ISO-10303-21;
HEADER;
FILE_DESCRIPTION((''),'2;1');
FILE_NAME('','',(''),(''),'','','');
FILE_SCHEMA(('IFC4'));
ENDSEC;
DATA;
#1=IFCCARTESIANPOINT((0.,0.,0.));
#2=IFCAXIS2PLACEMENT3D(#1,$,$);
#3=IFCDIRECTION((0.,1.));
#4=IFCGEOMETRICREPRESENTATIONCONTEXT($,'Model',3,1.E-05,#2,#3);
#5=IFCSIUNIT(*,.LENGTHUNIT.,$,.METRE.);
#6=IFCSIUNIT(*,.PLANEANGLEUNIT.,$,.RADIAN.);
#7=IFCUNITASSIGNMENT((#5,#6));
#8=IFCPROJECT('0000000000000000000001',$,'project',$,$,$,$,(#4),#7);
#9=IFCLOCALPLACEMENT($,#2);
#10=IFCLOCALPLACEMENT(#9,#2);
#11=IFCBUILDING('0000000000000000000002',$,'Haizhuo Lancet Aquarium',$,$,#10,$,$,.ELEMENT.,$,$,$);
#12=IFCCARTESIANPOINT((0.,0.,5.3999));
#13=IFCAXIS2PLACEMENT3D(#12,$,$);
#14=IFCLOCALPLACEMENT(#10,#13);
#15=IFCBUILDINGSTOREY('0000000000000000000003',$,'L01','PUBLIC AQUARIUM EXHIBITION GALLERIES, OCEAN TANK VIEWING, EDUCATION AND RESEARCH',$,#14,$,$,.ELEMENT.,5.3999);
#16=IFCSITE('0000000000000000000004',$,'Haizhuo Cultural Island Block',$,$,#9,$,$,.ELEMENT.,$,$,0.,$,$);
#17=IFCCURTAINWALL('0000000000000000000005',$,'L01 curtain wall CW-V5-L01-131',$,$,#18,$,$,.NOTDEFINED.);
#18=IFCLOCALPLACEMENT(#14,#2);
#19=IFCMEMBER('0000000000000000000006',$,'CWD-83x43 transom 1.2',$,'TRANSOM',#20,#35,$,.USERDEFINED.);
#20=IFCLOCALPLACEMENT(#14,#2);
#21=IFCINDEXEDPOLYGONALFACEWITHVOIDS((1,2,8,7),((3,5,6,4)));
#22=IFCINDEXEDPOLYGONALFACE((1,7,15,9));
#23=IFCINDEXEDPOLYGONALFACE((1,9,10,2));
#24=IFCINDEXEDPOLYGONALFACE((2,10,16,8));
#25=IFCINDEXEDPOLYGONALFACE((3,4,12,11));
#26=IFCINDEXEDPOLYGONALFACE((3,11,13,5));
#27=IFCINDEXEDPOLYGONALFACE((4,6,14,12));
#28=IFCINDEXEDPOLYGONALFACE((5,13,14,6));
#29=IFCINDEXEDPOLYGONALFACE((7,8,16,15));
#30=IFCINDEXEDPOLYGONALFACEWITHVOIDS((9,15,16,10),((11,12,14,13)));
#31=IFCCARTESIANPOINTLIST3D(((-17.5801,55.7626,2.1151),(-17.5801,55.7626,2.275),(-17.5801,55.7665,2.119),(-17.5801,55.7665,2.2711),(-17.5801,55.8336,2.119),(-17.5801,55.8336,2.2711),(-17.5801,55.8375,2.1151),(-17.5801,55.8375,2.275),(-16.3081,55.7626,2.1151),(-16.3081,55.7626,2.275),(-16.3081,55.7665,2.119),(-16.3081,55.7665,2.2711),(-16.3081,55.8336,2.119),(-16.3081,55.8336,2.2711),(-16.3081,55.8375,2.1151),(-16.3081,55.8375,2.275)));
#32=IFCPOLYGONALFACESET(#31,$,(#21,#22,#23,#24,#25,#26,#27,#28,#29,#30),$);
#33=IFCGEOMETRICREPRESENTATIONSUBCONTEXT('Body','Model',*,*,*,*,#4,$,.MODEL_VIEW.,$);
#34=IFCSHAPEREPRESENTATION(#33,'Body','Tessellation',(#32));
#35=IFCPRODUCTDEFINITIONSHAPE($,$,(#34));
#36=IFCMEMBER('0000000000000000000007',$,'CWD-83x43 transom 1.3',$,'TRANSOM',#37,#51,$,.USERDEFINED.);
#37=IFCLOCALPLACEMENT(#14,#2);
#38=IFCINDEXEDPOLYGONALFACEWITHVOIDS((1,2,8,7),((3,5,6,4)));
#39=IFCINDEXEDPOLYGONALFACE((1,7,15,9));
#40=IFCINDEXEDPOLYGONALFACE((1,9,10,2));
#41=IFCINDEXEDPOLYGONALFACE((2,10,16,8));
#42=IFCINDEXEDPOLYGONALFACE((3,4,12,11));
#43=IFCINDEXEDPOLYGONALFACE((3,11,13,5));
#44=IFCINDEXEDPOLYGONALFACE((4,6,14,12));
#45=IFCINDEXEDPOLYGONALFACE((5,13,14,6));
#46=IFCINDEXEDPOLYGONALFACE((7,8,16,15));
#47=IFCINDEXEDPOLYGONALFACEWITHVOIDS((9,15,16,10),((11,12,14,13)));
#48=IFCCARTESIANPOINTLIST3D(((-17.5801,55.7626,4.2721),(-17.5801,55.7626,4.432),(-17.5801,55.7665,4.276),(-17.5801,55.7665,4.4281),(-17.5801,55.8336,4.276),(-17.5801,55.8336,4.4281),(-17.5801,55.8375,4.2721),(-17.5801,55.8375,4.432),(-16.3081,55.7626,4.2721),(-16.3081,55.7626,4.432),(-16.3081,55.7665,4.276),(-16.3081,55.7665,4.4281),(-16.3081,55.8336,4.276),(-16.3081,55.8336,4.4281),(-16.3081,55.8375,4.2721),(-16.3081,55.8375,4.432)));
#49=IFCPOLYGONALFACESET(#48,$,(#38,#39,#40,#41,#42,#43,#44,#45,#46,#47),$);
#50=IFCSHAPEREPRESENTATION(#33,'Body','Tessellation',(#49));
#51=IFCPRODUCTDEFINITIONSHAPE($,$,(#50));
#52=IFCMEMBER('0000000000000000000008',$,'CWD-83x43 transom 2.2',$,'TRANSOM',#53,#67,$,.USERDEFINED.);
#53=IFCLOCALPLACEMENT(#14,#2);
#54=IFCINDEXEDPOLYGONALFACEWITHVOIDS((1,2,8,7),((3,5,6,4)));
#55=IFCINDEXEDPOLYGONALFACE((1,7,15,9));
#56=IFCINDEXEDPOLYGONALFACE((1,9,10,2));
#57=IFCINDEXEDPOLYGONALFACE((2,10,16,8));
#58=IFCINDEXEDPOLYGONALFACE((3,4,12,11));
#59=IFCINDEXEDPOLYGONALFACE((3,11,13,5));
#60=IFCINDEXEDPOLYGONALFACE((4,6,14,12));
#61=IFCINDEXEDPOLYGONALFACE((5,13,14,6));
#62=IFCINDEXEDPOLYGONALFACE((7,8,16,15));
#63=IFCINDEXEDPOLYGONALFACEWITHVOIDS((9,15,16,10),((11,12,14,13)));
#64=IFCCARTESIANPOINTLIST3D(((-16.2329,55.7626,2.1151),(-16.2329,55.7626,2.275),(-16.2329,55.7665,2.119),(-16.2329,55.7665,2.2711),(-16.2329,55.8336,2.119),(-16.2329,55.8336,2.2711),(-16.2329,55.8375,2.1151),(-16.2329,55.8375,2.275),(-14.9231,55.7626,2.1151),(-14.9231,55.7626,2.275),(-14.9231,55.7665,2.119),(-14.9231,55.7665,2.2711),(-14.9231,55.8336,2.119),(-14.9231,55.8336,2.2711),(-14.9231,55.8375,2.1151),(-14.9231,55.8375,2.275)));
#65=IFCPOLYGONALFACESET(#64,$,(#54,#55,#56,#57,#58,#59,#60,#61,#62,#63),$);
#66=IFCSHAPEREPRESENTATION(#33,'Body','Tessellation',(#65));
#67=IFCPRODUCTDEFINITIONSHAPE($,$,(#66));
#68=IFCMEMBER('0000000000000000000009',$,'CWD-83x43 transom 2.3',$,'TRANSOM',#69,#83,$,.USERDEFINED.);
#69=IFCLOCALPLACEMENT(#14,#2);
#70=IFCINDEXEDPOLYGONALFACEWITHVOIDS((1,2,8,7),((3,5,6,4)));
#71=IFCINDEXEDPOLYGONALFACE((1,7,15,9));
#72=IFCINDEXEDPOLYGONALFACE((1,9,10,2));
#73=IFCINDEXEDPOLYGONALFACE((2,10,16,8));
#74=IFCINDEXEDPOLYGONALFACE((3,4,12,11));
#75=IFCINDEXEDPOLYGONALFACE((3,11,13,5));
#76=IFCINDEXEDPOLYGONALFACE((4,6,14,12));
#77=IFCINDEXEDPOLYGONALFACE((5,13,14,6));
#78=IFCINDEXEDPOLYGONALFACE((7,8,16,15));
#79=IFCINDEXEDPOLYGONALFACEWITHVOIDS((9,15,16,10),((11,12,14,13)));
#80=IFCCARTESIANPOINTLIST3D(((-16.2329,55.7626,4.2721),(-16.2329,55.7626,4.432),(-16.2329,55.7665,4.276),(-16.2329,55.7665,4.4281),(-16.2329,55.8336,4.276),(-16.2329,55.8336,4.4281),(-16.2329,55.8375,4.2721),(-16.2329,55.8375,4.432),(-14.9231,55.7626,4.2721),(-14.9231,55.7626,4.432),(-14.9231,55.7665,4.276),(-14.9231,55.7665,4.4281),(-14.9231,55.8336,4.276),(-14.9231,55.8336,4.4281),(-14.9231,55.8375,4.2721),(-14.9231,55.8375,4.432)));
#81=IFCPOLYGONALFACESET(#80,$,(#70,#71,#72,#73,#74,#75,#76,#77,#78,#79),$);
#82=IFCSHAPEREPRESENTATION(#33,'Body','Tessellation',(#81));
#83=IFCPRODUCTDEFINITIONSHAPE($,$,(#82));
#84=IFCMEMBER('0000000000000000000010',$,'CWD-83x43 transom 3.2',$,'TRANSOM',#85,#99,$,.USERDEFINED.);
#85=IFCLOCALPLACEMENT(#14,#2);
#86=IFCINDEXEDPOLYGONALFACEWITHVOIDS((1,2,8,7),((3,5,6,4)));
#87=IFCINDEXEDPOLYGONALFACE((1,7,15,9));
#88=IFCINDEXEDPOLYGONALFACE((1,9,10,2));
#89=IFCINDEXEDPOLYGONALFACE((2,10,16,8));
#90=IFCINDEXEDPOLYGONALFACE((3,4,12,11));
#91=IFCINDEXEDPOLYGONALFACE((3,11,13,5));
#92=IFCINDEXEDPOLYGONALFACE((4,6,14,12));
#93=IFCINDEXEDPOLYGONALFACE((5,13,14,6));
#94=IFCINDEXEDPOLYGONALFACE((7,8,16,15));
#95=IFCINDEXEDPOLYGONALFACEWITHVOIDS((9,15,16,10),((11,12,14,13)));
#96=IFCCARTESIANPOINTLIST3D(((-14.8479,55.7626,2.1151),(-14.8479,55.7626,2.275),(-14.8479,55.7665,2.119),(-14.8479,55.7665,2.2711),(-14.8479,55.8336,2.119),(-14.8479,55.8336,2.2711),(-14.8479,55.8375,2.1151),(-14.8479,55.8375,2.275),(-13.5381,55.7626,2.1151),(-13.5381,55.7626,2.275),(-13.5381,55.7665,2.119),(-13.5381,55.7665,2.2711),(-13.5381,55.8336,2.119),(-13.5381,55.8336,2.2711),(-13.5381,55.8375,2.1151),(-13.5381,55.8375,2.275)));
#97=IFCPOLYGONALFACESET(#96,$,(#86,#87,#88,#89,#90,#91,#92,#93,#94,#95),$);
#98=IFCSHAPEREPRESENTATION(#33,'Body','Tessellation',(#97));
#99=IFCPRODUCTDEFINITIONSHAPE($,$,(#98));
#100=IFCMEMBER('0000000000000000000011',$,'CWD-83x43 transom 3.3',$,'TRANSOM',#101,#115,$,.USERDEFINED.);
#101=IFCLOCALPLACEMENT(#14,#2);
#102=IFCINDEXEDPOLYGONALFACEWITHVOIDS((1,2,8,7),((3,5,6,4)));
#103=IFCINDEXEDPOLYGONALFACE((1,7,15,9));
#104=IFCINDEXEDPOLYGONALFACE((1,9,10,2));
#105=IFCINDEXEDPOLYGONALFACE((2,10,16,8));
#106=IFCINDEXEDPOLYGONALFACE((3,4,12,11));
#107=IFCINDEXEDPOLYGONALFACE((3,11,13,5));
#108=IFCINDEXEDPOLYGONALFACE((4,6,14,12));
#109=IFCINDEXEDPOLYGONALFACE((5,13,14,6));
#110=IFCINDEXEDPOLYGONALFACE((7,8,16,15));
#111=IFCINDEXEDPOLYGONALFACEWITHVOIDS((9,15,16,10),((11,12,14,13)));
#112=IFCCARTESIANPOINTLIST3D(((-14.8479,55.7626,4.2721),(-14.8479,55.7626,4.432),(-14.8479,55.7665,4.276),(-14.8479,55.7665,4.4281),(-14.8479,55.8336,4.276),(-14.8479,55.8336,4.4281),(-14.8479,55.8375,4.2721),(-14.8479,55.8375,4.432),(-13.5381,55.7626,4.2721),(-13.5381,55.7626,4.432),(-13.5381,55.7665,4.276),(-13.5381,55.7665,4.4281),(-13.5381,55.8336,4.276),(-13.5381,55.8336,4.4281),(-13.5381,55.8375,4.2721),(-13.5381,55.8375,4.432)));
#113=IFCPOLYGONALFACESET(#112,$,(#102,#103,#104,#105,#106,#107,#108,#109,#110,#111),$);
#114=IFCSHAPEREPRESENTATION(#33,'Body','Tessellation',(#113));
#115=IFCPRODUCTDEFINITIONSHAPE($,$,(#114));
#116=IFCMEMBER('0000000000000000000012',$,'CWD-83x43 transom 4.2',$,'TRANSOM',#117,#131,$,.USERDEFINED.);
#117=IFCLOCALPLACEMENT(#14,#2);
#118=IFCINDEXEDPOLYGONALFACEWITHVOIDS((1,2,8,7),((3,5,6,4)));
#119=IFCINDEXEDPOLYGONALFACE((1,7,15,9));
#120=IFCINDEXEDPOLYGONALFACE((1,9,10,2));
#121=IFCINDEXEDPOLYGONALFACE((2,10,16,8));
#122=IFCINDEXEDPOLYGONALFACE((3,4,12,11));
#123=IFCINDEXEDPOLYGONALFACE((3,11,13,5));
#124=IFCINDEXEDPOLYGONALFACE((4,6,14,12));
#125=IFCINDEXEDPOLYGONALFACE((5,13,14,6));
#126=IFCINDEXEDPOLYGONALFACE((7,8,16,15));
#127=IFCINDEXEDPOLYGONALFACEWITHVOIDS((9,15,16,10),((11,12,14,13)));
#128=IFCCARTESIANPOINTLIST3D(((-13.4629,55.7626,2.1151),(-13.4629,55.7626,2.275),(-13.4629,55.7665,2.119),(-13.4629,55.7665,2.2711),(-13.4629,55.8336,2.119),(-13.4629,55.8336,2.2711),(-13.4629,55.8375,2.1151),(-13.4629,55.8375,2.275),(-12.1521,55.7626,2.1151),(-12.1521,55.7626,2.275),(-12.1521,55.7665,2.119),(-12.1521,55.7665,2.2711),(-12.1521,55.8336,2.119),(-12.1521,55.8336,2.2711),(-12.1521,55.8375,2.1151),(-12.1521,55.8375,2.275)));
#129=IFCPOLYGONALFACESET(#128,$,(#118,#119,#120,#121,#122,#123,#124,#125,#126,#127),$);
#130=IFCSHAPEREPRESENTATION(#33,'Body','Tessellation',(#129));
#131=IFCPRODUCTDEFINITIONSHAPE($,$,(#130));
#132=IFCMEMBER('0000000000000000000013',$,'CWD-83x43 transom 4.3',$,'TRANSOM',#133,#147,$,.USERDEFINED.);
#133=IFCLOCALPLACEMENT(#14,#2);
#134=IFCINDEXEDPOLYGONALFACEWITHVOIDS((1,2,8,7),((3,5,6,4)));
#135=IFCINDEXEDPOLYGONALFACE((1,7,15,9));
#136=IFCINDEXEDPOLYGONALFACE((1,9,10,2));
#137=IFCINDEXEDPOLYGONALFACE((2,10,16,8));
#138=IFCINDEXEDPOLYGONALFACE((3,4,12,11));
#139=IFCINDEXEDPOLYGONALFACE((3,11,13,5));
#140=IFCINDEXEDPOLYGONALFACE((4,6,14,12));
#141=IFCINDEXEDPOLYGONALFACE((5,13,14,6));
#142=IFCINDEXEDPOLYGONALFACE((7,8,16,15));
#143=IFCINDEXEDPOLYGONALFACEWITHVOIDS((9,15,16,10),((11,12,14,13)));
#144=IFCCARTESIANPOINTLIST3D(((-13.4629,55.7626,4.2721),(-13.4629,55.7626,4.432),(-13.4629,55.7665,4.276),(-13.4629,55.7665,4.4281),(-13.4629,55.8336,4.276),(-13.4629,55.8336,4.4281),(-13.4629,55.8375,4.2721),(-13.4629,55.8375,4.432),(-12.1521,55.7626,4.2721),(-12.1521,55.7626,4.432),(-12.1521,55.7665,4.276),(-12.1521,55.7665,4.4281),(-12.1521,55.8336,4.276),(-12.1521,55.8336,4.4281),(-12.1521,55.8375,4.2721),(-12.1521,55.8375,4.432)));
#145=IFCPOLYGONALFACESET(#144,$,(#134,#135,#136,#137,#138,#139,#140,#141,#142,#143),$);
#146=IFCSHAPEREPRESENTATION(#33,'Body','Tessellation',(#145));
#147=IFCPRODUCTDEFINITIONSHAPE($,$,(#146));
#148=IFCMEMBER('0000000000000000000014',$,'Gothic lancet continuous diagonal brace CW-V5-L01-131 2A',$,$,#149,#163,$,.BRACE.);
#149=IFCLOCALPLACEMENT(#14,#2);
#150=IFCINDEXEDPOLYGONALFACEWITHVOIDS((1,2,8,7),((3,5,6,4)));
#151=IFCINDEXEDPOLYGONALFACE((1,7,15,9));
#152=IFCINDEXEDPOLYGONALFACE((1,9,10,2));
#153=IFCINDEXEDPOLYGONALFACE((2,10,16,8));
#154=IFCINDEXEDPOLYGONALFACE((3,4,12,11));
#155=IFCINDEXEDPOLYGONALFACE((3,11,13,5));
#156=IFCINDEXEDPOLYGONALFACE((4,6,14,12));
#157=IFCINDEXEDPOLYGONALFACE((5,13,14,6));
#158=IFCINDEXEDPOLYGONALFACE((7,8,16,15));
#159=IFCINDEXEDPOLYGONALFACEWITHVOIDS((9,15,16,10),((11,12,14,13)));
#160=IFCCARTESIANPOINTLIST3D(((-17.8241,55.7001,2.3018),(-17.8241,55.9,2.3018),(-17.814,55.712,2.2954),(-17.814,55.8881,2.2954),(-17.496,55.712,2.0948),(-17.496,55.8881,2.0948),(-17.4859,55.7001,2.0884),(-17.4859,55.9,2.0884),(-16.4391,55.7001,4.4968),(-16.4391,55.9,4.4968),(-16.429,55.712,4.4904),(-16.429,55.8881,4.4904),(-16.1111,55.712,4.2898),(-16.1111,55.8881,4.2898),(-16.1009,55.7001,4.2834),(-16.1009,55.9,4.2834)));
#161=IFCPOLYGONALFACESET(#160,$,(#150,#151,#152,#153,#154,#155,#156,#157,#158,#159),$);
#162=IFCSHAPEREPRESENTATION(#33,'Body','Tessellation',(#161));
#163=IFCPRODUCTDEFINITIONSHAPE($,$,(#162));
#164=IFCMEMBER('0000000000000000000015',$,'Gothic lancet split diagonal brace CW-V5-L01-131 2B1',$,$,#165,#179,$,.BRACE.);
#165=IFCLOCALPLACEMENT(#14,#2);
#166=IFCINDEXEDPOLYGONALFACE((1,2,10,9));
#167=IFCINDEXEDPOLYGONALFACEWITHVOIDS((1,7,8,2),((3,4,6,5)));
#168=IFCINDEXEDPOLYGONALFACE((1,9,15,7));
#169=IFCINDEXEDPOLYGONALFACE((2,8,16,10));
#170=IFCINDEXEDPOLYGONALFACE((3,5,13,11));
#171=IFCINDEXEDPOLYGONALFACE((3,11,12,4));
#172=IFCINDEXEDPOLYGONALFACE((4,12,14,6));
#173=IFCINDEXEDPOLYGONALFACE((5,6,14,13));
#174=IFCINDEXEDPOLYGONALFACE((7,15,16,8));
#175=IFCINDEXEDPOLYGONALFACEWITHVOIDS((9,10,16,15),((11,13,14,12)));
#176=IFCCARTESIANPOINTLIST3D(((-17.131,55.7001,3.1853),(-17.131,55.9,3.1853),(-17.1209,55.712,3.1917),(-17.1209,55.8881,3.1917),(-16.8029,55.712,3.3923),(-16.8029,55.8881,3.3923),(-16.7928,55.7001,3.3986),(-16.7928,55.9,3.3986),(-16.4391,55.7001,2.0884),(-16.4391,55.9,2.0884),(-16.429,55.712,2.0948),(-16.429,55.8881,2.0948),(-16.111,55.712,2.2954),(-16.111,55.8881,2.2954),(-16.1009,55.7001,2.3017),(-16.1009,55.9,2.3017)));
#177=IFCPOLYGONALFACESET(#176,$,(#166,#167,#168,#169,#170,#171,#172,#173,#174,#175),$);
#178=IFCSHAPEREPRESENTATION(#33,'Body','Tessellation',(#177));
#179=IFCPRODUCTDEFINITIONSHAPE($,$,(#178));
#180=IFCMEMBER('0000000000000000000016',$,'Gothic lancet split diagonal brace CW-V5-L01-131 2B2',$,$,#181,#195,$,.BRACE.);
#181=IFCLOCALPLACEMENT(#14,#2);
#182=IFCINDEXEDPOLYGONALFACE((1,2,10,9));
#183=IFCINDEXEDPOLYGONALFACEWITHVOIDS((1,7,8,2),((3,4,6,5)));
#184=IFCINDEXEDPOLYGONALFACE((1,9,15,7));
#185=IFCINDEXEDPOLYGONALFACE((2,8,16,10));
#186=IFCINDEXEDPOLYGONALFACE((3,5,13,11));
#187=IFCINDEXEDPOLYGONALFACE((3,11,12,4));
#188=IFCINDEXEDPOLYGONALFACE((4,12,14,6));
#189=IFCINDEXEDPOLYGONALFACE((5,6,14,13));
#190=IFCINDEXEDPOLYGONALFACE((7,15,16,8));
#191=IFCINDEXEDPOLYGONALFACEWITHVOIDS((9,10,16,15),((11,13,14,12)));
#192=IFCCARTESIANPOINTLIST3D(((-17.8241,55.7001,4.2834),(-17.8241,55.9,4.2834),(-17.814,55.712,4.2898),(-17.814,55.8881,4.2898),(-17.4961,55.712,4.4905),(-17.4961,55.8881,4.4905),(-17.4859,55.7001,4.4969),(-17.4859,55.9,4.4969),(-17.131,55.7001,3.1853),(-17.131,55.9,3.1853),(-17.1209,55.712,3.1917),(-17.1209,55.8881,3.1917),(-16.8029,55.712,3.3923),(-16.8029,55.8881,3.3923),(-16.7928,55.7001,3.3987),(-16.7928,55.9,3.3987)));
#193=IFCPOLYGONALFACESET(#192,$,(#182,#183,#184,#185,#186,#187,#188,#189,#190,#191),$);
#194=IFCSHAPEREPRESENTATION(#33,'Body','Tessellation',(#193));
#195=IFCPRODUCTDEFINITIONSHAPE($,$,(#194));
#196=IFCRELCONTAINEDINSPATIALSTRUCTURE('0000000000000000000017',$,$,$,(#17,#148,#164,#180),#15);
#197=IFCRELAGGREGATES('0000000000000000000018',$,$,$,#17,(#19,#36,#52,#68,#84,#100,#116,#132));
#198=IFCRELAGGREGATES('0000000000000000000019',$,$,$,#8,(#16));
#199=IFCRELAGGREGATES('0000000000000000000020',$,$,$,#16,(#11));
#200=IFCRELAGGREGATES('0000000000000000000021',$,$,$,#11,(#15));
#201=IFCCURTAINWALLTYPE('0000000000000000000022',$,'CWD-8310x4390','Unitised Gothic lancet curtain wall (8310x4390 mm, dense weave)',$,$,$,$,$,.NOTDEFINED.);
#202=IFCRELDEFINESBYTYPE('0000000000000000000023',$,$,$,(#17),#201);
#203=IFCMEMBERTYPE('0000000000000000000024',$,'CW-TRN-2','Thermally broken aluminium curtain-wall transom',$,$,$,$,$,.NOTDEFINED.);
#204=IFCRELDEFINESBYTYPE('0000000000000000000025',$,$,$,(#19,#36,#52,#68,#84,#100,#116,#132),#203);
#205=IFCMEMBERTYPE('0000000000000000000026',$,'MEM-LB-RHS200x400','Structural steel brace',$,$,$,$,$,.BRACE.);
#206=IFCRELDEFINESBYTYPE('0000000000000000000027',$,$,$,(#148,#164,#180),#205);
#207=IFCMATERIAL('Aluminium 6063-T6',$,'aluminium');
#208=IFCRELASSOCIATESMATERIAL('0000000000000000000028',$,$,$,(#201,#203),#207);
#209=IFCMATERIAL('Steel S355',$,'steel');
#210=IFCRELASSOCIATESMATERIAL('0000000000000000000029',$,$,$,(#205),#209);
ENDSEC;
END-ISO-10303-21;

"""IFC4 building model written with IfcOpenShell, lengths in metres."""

from ifc_helpers import new_model, si_unit, direction, frame, origin, origin_2d, place, context, subcontext, project, spatial, hollow_rectangle, extrude, material, material_profile, profile_set, type_object, element, aggregate, save


model = new_model("IFC4")

# Units and contexts
model_context = context("Model", 3, precision=1e-05, world=origin(), true_north=direction((0.0, 1.0)))
body_context = subcontext(model_context, "Body", "Model", "MODEL_VIEW")
ifc_project = project(units=[si_unit("LENGTHUNIT", "METRE"), si_unit("PLANEANGLEUNIT", "RADIAN")], contexts=[model_context])

# Site, building, storey
site_placement = place(None, origin())
site = spatial("IfcSite", under=ifc_project, at=site_placement, Name="Haizhuo Cultural Island Block", CompositionType="ELEMENT", RefElevation=0.0)
building_placement = place(site_placement, origin())
building = spatial("IfcBuilding", under=site, at=building_placement, Name="Haizhuo Lancet Aquarium", CompositionType="ELEMENT")
storey_placement = place(building_placement, frame((0.0, 0.0, 5.3999)))
storey = spatial("IfcBuildingStorey", under=building, at=storey_placement, Name="L01", Description="PUBLIC AQUARIUM EXHIBITION GALLERIES, OCEAN TANK VIEWING, EDUCATION AND RESEARCH", CompositionType="ELEMENT", Elevation=5.3999)

# Curtain wall, members
ifc_material_1 = material(Name="Aluminium 6063-T6", Category="aluminium")
curtain_wall_type = type_object("IfcCurtainWallType", Name="CWD-8310x4390", Description="Unitised Gothic lancet curtain wall (8310x4390 mm, dense weave)", PredefinedType="NOTDEFINED", material=ifc_material_1)
curtain_wall_placement = place(storey_placement, origin())
curtain_wall = element("IfcCurtainWall", 1, at=curtain_wall_placement, inside=storey, type_object=curtain_wall_type, Name="L01 curtain wall CW-V5-L01-131", PredefinedType="NOTDEFINED")
ifc_material_profile_1 = material_profile(ifc_material_1, hollow_rectangle(XDim=0.075, YDim=0.1599, WallThickness=0.0039, at=origin_2d()), Name="ALU-T 75x160x4")
ifc_profile_set_1 = profile_set([ifc_material_profile_1], Name="Aluminium 6063-T6")
member_type_1 = type_object("IfcMemberType", Name="CW-TRN-2", Description="Thermally broken aluminium curtain-wall transom", PredefinedType="NOTDEFINED", material=ifc_profile_set_1)
member_1_placement = place(storey_placement, frame((-17.5801, 55.8, 2.1951), z_axis=(1.0, 0.0, 0.0), x_axis=(0.0, 1.0, 0.0)))
member_1 = element("IfcMember", 2, at=member_1_placement, type_object=member_type_1, Name="CWD-83x43 transom 1.2", ObjectType="TRANSOM", PredefinedType="USERDEFINED", context=body_context, shape_type="SweptSolid", body=[
    extrude(hollow_rectangle(XDim=0.075, YDim=0.1599, WallThickness=0.0039, at=origin_2d()), origin(), (0.0, 0.0, 1.0), 1.272),
])
member_2_placement = place(storey_placement, frame((-17.5801, 55.8, 4.3521), z_axis=(1.0, 0.0, 0.0), x_axis=(0.0, 1.0, 0.0)))
member_2 = element("IfcMember", 3, at=member_2_placement, type_object=member_type_1, Name="CWD-83x43 transom 1.3", ObjectType="TRANSOM", PredefinedType="USERDEFINED", context=body_context, shape_type="SweptSolid", body=[
    extrude(hollow_rectangle(XDim=0.075, YDim=0.1599, WallThickness=0.0039, at=origin_2d()), origin(), (0.0, 0.0, 1.0), 1.272),
])
member_3_placement = place(storey_placement, frame((-16.2329, 55.8, 2.1951), z_axis=(1.0, 0.0, 0.0), x_axis=(0.0, 1.0, 0.0)))
member_3 = element("IfcMember", 4, at=member_3_placement, type_object=member_type_1, Name="CWD-83x43 transom 2.2", ObjectType="TRANSOM", PredefinedType="USERDEFINED", context=body_context, shape_type="SweptSolid", body=[
    extrude(hollow_rectangle(XDim=0.075, YDim=0.1599, WallThickness=0.0039, at=origin_2d()), origin(), (0.0, 0.0, 1.0), 1.3098),
])
member_4_placement = place(storey_placement, frame((-16.2329, 55.8, 4.3521), z_axis=(1.0, 0.0, 0.0), x_axis=(0.0, 1.0, 0.0)))
member_4 = element("IfcMember", 5, at=member_4_placement, type_object=member_type_1, Name="CWD-83x43 transom 2.3", ObjectType="TRANSOM", PredefinedType="USERDEFINED", context=body_context, shape_type="SweptSolid", body=[
    extrude(hollow_rectangle(XDim=0.075, YDim=0.1599, WallThickness=0.0039, at=origin_2d()), origin(), (0.0, 0.0, 1.0), 1.3098),
])
member_5_placement = place(storey_placement, frame((-14.8479, 55.8, 2.1951), z_axis=(1.0, 0.0, 0.0), x_axis=(0.0, 1.0, 0.0)))
member_5 = element("IfcMember", 6, at=member_5_placement, type_object=member_type_1, Name="CWD-83x43 transom 3.2", ObjectType="TRANSOM", PredefinedType="USERDEFINED", context=body_context, shape_type="SweptSolid", body=[
    extrude(hollow_rectangle(XDim=0.075, YDim=0.1599, WallThickness=0.0039, at=origin_2d()), origin(), (0.0, 0.0, 1.0), 1.3098),
])
member_6_placement = place(storey_placement, frame((-14.8479, 55.8, 4.3521), z_axis=(1.0, 0.0, 0.0), x_axis=(0.0, 1.0, 0.0)))
member_6 = element("IfcMember", 7, at=member_6_placement, type_object=member_type_1, Name="CWD-83x43 transom 3.3", ObjectType="TRANSOM", PredefinedType="USERDEFINED", context=body_context, shape_type="SweptSolid", body=[
    extrude(hollow_rectangle(XDim=0.075, YDim=0.1599, WallThickness=0.0039, at=origin_2d()), origin(), (0.0, 0.0, 1.0), 1.3098),
])
member_7_placement = place(storey_placement, frame((-13.4629, 55.8, 2.1951), z_axis=(1.0, 0.0, 0.0), x_axis=(0.0, 1.0, 0.0)))
member_7 = element("IfcMember", 8, at=member_7_placement, type_object=member_type_1, Name="CWD-83x43 transom 4.2", ObjectType="TRANSOM", PredefinedType="USERDEFINED", context=body_context, shape_type="SweptSolid", body=[
    extrude(hollow_rectangle(XDim=0.075, YDim=0.1599, WallThickness=0.0039, at=origin_2d()), origin(), (0.0, 0.0, 1.0), 1.3108),
])
member_8_placement = place(storey_placement, frame((-13.4629, 55.8, 4.3521), z_axis=(1.0, 0.0, 0.0), x_axis=(0.0, 1.0, 0.0)))
member_8 = element("IfcMember", 9, at=member_8_placement, type_object=member_type_1, Name="CWD-83x43 transom 4.3", ObjectType="TRANSOM", PredefinedType="USERDEFINED", context=body_context, shape_type="SweptSolid", body=[
    extrude(hollow_rectangle(XDim=0.075, YDim=0.1599, WallThickness=0.0039, at=origin_2d()), origin(), (0.0, 0.0, 1.0), 1.3108),
])

# Members
ifc_material_2 = material(Name="Steel S355", Category="steel")
ifc_material_profile_2 = material_profile(ifc_material_2, hollow_rectangle(XDim=0.2, YDim=0.3999, WallThickness=0.012, at=origin_2d()), Name="RHS 200x400x12")
ifc_profile_set_2 = profile_set([ifc_material_profile_2], Name="Steel S355")
member_type_2 = type_object("IfcMemberType", Name="MEM-LB-RHS200x400", Description="Structural steel brace", PredefinedType="BRACE", material=ifc_profile_set_2)
member_9_placement = place(storey_placement, frame((-17.655, 55.8, 2.1951), z_axis=(0.533621, 0.0, 0.845724), x_axis=(0.0, 1.0, 0.0)))
element("IfcMember", 10, at=member_9_placement, inside=storey, type_object=member_type_2, Name="Gothic lancet continuous diagonal brace CW-V5-L01-131 2A", PredefinedType="BRACE", context=body_context, shape_type="SweptSolid", body=[
    extrude(hollow_rectangle(XDim=0.2, YDim=0.3999, WallThickness=0.012, at=origin_2d()), origin(), (0.0, 0.0, 1.0), 2.5955),
])
member_10_placement = place(storey_placement, frame((-16.27, 55.8, 2.1951), z_axis=(-0.533497, 0.0, 0.845802), x_axis=(0.0, -1.0, 0.0)))
element("IfcMember", 11, at=member_10_placement, inside=storey, type_object=member_type_2, Name="Gothic lancet split diagonal brace CW-V5-L01-131 2B1", PredefinedType="BRACE", context=body_context, shape_type="SweptSolid", body=[
    extrude(hollow_rectangle(XDim=0.2, YDim=0.3999, WallThickness=0.012, at=origin_2d()), origin(), (0.0, 0.0, 1.0), 1.2969),
])
member_11_placement = place(storey_placement, frame((-16.9619, 55.8, 3.292), z_axis=(-0.533745, 0.0, 0.845645), x_axis=(0.0, -1.0, 0.0)))
element("IfcMember", 12, at=member_11_placement, inside=storey, type_object=member_type_2, Name="Gothic lancet split diagonal brace CW-V5-L01-131 2B2", PredefinedType="BRACE", context=body_context, shape_type="SweptSolid", body=[
    extrude(hollow_rectangle(XDim=0.2, YDim=0.3999, WallThickness=0.012, at=origin_2d()), origin(), (0.0, 0.0, 1.0), 1.2986),
])

aggregate(curtain_wall, [member_1, member_2, member_3, member_4, member_5, member_6, member_7, member_8])

save(model, "model.ifc")
